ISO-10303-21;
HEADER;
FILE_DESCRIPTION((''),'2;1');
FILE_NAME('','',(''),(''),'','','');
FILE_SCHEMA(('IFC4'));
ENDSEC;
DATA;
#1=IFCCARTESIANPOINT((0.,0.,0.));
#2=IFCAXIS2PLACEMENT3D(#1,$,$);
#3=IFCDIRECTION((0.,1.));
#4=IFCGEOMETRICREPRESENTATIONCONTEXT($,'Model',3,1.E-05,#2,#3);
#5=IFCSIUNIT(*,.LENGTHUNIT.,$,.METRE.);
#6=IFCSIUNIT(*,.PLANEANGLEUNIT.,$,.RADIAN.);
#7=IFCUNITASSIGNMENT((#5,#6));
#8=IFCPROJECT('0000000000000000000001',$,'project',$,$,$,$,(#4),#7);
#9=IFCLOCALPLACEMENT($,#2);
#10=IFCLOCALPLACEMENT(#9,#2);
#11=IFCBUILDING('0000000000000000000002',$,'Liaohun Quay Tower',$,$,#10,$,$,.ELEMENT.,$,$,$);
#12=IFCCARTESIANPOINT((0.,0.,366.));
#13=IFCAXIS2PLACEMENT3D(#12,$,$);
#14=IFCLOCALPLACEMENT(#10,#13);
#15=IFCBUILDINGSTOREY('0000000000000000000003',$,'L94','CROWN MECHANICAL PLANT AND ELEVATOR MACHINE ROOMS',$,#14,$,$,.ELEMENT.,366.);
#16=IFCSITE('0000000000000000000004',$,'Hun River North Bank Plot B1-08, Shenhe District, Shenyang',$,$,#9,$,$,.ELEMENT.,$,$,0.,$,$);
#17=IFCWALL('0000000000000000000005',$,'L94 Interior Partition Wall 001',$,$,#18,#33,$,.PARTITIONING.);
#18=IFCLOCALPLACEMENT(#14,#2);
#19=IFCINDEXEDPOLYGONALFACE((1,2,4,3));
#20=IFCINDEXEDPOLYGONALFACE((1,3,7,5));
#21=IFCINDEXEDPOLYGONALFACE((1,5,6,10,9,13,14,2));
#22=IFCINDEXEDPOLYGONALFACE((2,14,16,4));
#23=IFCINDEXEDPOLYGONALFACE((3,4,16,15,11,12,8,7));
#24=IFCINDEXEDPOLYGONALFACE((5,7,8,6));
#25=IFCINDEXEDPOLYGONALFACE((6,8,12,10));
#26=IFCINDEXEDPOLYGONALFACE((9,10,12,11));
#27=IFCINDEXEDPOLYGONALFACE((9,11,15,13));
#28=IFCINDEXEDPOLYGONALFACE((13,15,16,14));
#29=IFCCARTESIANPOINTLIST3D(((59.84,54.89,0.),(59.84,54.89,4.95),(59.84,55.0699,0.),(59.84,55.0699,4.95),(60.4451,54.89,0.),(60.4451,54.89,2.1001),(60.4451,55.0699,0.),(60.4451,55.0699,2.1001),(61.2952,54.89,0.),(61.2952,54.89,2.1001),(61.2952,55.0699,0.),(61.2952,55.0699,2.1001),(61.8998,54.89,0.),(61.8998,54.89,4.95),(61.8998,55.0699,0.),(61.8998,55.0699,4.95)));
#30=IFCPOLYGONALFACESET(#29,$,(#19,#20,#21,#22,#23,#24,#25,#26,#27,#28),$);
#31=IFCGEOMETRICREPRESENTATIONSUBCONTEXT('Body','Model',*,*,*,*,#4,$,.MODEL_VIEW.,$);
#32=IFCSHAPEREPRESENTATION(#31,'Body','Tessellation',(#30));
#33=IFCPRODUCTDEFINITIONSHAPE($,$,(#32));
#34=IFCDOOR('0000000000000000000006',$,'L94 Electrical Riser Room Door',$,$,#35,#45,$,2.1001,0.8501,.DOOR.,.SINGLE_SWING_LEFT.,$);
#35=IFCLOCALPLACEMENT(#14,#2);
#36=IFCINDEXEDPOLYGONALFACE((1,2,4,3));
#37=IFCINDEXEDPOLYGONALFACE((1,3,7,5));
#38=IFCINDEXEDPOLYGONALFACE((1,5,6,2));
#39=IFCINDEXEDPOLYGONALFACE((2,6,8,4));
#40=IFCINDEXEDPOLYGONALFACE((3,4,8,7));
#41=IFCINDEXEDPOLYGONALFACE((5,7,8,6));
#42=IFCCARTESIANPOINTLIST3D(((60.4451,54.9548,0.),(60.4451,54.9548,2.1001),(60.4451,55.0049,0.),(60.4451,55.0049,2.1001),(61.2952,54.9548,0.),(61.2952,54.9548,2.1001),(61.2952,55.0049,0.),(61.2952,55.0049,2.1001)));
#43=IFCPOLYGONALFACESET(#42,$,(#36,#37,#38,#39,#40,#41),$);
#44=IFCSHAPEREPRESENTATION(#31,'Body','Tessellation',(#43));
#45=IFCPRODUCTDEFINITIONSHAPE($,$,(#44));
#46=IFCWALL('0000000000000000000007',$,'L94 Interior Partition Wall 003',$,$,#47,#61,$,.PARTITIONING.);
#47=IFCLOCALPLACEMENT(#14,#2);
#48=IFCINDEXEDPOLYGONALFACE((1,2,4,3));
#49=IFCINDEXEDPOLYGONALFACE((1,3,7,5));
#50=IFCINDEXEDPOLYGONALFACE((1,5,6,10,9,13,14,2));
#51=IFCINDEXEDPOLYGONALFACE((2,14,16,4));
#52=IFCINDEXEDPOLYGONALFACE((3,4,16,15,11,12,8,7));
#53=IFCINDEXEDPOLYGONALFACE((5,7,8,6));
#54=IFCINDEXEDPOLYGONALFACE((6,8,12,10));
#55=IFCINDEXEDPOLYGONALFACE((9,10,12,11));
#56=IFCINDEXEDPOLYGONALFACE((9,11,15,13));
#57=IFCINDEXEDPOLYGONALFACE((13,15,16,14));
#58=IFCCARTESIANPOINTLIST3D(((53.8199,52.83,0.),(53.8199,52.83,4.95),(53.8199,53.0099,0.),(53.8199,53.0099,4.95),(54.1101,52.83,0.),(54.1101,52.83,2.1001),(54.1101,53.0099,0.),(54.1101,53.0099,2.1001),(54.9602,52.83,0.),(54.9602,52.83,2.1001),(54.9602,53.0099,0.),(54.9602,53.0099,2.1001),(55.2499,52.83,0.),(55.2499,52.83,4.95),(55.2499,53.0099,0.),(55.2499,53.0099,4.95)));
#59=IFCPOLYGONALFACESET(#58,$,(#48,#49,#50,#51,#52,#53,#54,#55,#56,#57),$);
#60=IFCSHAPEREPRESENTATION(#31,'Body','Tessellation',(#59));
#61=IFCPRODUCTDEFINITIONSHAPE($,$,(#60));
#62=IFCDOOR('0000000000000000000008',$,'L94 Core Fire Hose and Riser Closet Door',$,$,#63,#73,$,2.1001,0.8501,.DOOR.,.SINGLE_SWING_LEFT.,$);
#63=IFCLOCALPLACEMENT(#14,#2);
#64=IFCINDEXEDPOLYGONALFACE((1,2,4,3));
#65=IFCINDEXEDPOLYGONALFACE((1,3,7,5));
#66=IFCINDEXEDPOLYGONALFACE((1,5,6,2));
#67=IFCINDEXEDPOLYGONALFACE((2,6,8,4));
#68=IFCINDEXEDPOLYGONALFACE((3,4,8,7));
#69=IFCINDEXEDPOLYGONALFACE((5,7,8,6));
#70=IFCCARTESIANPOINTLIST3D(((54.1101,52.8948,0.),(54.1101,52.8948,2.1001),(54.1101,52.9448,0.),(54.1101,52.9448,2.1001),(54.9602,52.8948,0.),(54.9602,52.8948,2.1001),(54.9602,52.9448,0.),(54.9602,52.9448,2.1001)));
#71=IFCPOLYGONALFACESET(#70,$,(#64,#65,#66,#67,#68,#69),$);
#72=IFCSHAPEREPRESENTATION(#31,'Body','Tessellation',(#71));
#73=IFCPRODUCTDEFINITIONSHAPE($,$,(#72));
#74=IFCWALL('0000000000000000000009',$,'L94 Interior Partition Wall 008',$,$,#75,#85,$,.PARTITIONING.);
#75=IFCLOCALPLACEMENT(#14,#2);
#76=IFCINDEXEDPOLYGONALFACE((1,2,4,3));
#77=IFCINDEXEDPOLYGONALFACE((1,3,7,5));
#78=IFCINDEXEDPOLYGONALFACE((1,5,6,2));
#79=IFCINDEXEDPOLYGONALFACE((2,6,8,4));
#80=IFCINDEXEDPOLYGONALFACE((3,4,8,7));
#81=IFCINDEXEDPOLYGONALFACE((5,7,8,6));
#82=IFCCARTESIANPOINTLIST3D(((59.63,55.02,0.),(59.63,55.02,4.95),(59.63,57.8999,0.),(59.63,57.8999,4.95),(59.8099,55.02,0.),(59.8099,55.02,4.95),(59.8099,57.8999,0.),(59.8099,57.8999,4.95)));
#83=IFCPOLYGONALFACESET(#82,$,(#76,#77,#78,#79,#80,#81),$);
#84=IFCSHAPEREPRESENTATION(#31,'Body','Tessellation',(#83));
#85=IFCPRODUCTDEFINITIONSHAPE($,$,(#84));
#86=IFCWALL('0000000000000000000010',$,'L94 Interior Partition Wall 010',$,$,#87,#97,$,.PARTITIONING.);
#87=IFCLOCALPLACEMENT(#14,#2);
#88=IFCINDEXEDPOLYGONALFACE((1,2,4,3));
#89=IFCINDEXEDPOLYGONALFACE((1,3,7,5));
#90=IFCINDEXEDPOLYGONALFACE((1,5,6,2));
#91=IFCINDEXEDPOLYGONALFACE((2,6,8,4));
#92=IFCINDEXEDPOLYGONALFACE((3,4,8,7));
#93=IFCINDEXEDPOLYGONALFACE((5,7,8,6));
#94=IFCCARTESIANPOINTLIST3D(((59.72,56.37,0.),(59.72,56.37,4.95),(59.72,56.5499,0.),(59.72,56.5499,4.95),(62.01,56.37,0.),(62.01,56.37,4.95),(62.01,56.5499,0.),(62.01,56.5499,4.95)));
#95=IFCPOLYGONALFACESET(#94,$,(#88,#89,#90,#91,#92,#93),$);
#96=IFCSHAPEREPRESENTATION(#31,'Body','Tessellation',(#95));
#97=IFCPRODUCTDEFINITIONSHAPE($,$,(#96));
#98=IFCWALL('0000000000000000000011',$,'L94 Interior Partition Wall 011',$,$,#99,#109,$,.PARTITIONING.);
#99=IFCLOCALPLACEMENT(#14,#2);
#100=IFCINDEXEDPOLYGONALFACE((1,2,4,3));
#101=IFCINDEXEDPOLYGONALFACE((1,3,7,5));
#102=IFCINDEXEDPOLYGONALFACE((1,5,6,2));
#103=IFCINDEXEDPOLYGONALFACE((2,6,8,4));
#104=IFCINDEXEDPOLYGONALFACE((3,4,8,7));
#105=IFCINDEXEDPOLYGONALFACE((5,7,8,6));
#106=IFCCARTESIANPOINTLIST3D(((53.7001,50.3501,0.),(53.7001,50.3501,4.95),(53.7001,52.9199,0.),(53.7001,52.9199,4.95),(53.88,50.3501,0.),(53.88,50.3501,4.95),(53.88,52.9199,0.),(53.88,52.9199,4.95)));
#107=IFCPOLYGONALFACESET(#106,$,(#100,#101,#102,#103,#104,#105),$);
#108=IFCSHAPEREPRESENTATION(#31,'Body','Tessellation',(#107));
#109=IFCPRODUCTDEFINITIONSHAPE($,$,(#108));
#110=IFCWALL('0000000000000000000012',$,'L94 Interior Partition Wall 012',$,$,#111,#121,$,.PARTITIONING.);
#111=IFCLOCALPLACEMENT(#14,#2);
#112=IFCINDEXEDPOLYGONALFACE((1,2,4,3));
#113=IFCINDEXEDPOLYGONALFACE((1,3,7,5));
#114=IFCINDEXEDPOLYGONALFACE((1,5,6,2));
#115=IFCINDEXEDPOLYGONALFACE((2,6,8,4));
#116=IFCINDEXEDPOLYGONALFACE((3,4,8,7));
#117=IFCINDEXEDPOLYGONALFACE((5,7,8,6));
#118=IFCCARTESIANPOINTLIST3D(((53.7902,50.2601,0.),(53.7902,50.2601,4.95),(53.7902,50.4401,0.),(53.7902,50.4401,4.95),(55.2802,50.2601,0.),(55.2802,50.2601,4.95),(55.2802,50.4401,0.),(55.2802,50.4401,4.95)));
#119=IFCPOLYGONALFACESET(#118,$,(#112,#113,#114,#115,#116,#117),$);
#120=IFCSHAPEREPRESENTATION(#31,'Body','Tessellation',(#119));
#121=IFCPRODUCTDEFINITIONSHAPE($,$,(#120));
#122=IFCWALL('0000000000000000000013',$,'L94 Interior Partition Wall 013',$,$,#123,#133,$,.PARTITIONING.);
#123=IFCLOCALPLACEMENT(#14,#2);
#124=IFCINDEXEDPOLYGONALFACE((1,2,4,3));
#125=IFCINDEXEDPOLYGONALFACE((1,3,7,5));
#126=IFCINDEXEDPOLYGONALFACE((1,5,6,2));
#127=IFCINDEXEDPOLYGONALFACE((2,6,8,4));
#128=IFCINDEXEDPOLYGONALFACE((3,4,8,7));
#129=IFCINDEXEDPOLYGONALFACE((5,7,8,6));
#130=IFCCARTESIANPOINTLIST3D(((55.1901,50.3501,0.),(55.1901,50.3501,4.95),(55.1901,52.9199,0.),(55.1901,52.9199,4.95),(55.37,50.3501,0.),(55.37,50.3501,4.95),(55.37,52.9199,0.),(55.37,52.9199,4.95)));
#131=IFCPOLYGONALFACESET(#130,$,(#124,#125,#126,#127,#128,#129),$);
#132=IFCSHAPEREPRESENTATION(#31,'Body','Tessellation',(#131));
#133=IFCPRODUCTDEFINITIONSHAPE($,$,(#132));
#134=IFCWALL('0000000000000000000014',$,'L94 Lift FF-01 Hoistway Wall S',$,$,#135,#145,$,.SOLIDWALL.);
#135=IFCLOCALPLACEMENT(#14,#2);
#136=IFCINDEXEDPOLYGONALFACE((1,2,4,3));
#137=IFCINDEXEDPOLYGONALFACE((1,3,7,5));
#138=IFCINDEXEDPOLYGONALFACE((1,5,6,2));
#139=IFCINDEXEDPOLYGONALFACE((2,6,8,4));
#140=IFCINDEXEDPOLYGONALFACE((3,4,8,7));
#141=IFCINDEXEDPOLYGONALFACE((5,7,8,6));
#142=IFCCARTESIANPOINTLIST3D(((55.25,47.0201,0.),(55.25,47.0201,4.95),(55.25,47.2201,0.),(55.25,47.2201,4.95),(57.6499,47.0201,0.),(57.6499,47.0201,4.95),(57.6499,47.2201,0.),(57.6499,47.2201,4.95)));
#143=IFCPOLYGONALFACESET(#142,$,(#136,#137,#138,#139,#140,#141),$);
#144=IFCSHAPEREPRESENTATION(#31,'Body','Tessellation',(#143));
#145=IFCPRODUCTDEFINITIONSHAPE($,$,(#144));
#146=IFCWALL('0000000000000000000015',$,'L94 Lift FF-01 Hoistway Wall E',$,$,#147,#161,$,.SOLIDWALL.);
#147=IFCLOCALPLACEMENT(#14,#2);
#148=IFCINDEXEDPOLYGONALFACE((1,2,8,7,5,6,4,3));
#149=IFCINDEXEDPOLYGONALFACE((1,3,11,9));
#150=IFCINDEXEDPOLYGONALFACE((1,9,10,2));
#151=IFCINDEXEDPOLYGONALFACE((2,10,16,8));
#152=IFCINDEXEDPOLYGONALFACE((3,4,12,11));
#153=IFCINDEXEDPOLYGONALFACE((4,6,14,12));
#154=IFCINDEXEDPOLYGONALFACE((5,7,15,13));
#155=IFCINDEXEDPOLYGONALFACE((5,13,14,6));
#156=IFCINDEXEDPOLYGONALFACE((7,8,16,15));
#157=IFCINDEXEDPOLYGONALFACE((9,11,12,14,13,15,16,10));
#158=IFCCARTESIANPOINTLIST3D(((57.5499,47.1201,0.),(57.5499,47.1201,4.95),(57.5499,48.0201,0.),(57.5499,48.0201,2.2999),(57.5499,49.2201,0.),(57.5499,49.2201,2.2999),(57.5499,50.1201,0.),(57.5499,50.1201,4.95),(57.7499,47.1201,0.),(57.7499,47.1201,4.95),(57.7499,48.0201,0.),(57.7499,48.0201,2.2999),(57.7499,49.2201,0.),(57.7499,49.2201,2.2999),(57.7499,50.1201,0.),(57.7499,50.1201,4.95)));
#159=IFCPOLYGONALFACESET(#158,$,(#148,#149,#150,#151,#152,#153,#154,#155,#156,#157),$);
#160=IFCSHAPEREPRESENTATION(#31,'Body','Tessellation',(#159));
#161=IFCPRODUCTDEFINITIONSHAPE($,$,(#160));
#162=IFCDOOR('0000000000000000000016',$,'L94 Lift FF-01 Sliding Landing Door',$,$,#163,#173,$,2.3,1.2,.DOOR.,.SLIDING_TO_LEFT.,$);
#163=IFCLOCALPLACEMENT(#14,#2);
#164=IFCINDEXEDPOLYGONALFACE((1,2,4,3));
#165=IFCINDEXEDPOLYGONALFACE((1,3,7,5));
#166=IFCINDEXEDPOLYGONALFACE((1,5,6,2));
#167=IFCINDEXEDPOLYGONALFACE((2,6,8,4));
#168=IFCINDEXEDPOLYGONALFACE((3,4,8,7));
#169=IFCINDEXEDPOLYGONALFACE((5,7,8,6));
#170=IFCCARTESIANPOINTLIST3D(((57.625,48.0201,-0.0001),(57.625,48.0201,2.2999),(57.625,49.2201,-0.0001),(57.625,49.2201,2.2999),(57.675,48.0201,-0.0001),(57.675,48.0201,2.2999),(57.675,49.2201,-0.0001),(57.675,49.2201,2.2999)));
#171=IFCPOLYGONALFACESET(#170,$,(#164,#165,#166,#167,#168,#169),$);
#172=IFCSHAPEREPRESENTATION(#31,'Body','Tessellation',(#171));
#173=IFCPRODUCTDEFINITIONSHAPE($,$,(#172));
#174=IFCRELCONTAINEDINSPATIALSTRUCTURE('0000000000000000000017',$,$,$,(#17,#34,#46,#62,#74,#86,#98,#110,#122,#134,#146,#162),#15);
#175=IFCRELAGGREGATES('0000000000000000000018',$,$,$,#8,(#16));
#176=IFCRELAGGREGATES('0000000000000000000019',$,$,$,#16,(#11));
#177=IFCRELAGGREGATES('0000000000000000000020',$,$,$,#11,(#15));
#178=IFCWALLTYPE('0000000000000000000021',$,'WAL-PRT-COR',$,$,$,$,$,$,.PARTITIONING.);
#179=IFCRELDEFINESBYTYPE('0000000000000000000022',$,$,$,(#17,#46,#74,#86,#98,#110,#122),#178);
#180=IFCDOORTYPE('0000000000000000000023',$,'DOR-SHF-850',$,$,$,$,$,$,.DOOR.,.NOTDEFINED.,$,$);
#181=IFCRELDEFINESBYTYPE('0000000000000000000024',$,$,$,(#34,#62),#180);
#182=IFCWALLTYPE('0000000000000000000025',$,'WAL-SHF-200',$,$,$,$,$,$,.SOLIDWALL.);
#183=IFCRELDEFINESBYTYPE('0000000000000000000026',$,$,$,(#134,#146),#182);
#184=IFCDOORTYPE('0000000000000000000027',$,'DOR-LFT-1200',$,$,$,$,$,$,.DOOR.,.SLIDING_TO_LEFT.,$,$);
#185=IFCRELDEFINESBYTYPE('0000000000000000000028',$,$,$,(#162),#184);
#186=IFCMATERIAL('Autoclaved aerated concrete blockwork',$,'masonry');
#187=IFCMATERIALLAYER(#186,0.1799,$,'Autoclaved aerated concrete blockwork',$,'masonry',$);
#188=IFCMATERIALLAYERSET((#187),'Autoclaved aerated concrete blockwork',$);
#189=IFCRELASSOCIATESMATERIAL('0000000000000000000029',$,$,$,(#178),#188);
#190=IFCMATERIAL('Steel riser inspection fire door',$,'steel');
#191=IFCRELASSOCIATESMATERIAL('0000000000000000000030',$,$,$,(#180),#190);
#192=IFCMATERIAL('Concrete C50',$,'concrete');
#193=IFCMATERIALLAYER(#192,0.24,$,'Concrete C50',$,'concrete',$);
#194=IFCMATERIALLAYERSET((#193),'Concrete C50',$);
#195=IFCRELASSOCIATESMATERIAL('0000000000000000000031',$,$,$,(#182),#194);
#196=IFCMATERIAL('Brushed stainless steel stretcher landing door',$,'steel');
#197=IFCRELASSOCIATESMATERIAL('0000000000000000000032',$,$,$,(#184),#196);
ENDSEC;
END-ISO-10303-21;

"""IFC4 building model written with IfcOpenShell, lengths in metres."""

from ifc_helpers import new_model, si_unit, direction, frame, frame_2d, origin, place, context, subcontext, project, spatial, rectangle, extrude, source, transform, mapped, material, layer, layer_set, type_object, element, fill, save


model = new_model("IFC4")

# Units and contexts
model_context = context("Model", 3, precision=1e-05, world=origin(), true_north=direction((0.0, 1.0)))
body_context = subcontext(model_context, "Body", "Model", "MODEL_VIEW")
ifc_project = project(units=[si_unit("LENGTHUNIT", "METRE"), si_unit("PLANEANGLEUNIT", "RADIAN")], contexts=[model_context])

# Site, building, storey
site_placement = place(None, origin())
site = spatial("IfcSite", under=ifc_project, at=site_placement, Name="Hun River North Bank Plot B1-08, Shenhe District, Shenyang", CompositionType="ELEMENT", RefElevation=0.0)
building_placement = place(site_placement, origin())
building = spatial("IfcBuilding", under=site, at=building_placement, Name="Liaohun Quay Tower", CompositionType="ELEMENT")
storey_placement = place(building_placement, frame((0.0, 0.0, 366.0)))
storey = spatial("IfcBuildingStorey", under=building, at=storey_placement, Name="L94", Description="CROWN MECHANICAL PLANT AND ELEVATOR MACHINE ROOMS", CompositionType="ELEMENT", Elevation=366.0)

# Shared definitions
ifc_material_1 = material(Name="Concrete C50", Category="concrete")

# Walls, openings, doors
ifc_material_2 = material(Name="Autoclaved aerated concrete blockwork", Category="masonry")
ifc_layer_1 = layer(ifc_material_2, 0.1799, Name="Autoclaved aerated concrete blockwork", Category="masonry")
ifc_layer_set_1 = layer_set([ifc_layer_1], Name="Autoclaved aerated concrete blockwork")
wall_type_1 = type_object("IfcWallType", Name="WAL-PRT-COR", PredefinedType="PARTITIONING", material=ifc_layer_set_1)
wall_1_placement = place(storey_placement, frame((59.8401, 54.98, 0.0), z_axis=(0.0, 0.0, 1.0), x_axis=(1.0, 0.0, 0.0)))
wall_1 = element("IfcWall", 1, at=wall_1_placement, inside=storey, type_object=wall_type_1, Name="L94 Interior Partition Wall 001", PredefinedType="PARTITIONING", context=body_context, shape_type="SweptSolid", body=[
    extrude(rectangle(XDim=2.0598, YDim=0.1799, at=frame_2d((1.0298, 0.0))), origin(), (0.0, 0.0, 1.0), 4.95),
])
shared_shape_1 = source(origin(), body_context, "Body", "SweptSolid", [
    extrude(rectangle(XDim=0.8501, YDim=2.1001, at=frame_2d((0.425, 1.05))), frame((0.0, 0.0999, 0.0), z_axis=(0.0, -1.0, 0.0), x_axis=(1.0, 0.0, 0.0)), (0.0, 0.0, 1.0), 0.2),
])
opening_1_placement = place(wall_1_placement, frame((0.605, 0.0, 0.0)))
opening_1 = element("IfcOpeningElement", 2, at=opening_1_placement, cuts=wall_1, PredefinedType="OPENING", context=body_context, shape_type="MappedRepresentation", body=[
    mapped(shared_shape_1, transform((0.0, 0.0, 0.0), x_axis=(1.0, 0.0, 0.0), y_axis=(0.0, 1.0, 0.0), z_axis=(0.0, 0.0, 1.0), scale=1.0)),
])
ifc_material_3 = material(Name="Steel riser inspection fire door", Category="steel")
door_type_1 = type_object("IfcDoorType", Name="DOR-SHF-850", OperationType="NOTDEFINED", PredefinedType="DOOR", material=ifc_material_3)
shared_shape_2 = source(origin(), body_context, "Body", "SweptSolid", [
    extrude(rectangle(XDim=0.8501, YDim=2.1001, at=frame_2d((0.425, 1.05))), frame((0.0, 0.0249, 0.0), z_axis=(0.0, -1.0, 0.0), x_axis=(1.0, 0.0, 0.0)), (0.0, 0.0, 1.0), 0.05),
])
door_1_placement = place(opening_1_placement, origin())
door_1 = element("IfcDoor", 3, at=door_1_placement, inside=storey, type_object=door_type_1, Name="L94 Electrical Riser Room Door", OperationType="SINGLE_SWING_LEFT", OverallHeight=2.1001, OverallWidth=0.8501, PredefinedType="DOOR", context=body_context, shape_type="MappedRepresentation", body=[
    mapped(shared_shape_2, transform((0.0, 0.0, 0.0), x_axis=(1.0, 0.0, 0.0), y_axis=(0.0, 1.0, 0.0), z_axis=(0.0, 0.0, 1.0), scale=1.0)),
])
fill(opening_1, door_1)
wall_2_placement = place(storey_placement, frame((53.8201, 52.9199, 0.0), z_axis=(0.0, 0.0, 1.0), x_axis=(1.0, 0.0, 0.0)))
wall_2 = element("IfcWall", 4, at=wall_2_placement, inside=storey, type_object=wall_type_1, Name="L94 Interior Partition Wall 003", PredefinedType="PARTITIONING", context=body_context, shape_type="SweptSolid", body=[
    extrude(rectangle(XDim=1.4299, YDim=0.1799, at=frame_2d((0.7148, 0.0))), origin(), (0.0, 0.0, 1.0), 4.95),
])
opening_2_placement = place(wall_2_placement, frame((0.29, 0.0, 0.0)))
opening_2 = element("IfcOpeningElement", 5, at=opening_2_placement, cuts=wall_2, PredefinedType="OPENING", context=body_context, shape_type="MappedRepresentation", body=[
    mapped(shared_shape_1, transform((0.0, 0.0, 0.0), x_axis=(1.0, 0.0, 0.0), y_axis=(0.0, 1.0, 0.0), z_axis=(0.0, 0.0, 1.0), scale=1.0)),
])
door_2_placement = place(opening_2_placement, origin())
door_2 = element("IfcDoor", 6, at=door_2_placement, inside=storey, type_object=door_type_1, Name="L94 Core Fire Hose and Riser Closet Door", OperationType="SINGLE_SWING_LEFT", OverallHeight=2.1001, OverallWidth=0.8501, PredefinedType="DOOR", context=body_context, shape_type="MappedRepresentation", body=[
    mapped(shared_shape_2, transform((0.0, 0.0, 0.0), x_axis=(1.0, 0.0, 0.0), y_axis=(0.0, 1.0, 0.0), z_axis=(0.0, 0.0, 1.0), scale=1.0)),
])
fill(opening_2, door_2)

# Walls
wall_3_placement = place(storey_placement, frame((59.72, 55.02, 0.0), z_axis=(0.0, 0.0, 1.0), x_axis=(0.0, 1.0, 0.0)))
element("IfcWall", 7, at=wall_3_placement, inside=storey, type_object=wall_type_1, Name="L94 Interior Partition Wall 008", PredefinedType="PARTITIONING", context=body_context, shape_type="SweptSolid", body=[
    extrude(rectangle(XDim=2.8799, YDim=0.1799, at=frame_2d((1.4399, 0.0))), origin(), (0.0, 0.0, 1.0), 4.95),
])
wall_4_placement = place(storey_placement, frame((59.72, 56.46, 0.0), z_axis=(0.0, 0.0, 1.0), x_axis=(1.0, 0.0, 0.0)))
element("IfcWall", 8, at=wall_4_placement, inside=storey, type_object=wall_type_1, Name="L94 Interior Partition Wall 010", PredefinedType="PARTITIONING", context=body_context, shape_type="SweptSolid", body=[
    extrude(rectangle(XDim=2.29, YDim=0.1799, at=frame_2d((1.145, 0.0))), origin(), (0.0, 0.0, 1.0), 4.95),
])
wall_5_placement = place(storey_placement, frame((53.79, 50.3501, 0.0), z_axis=(0.0, 0.0, 1.0), x_axis=(0.0, 1.0, 0.0)))
element("IfcWall", 9, at=wall_5_placement, inside=storey, type_object=wall_type_1, Name="L94 Interior Partition Wall 011", PredefinedType="PARTITIONING", context=body_context, shape_type="SweptSolid", body=[
    extrude(rectangle(XDim=2.5698, YDim=0.1799, at=frame_2d((1.2849, 0.0))), origin(), (0.0, 0.0, 1.0), 4.95),
])
wall_6_placement = place(storey_placement, frame((53.79, 50.3501, 0.0), z_axis=(0.0, 0.0, 1.0), x_axis=(1.0, 0.0, 0.0)))
element("IfcWall", 10, at=wall_6_placement, inside=storey, type_object=wall_type_1, Name="L94 Interior Partition Wall 012", PredefinedType="PARTITIONING", context=body_context, shape_type="SweptSolid", body=[
    extrude(rectangle(XDim=1.49, YDim=0.1799, at=frame_2d((0.7451, 0.0))), origin(), (0.0, 0.0, 1.0), 4.95),
])
wall_7_placement = place(storey_placement, frame((55.28, 50.3501, 0.0), z_axis=(0.0, 0.0, 1.0), x_axis=(0.0, 1.0, 0.0)))
element("IfcWall", 11, at=wall_7_placement, inside=storey, type_object=wall_type_1, Name="L94 Interior Partition Wall 013", PredefinedType="PARTITIONING", context=body_context, shape_type="SweptSolid", body=[
    extrude(rectangle(XDim=2.5698, YDim=0.1799, at=frame_2d((1.2849, 0.0))), origin(), (0.0, 0.0, 1.0), 4.95),
])
ifc_layer_2 = layer(ifc_material_1, 0.24, Name="Concrete C50", Category="concrete")
ifc_layer_set_2 = layer_set([ifc_layer_2], Name="Concrete C50")
wall_type_2 = type_object("IfcWallType", Name="WAL-SHF-200", PredefinedType="SOLIDWALL", material=ifc_layer_set_2)
wall_8_placement = place(storey_placement, frame((55.25, 47.1201, 0.0), z_axis=(0.0, 0.0, 1.0), x_axis=(1.0, 0.0, 0.0)))
element("IfcWall", 12, at=wall_8_placement, inside=storey, type_object=wall_type_2, Name="L94 Lift FF-01 Hoistway Wall S", PredefinedType="SOLIDWALL", context=body_context, shape_type="SweptSolid", body=[
    extrude(rectangle(XDim=2.3999, YDim=0.2, at=frame_2d((1.2, 0.0))), origin(), (0.0, 0.0, 1.0), 4.95),
])

# Wall, opening, door
wall_9_placement = place(storey_placement, frame((57.6499, 47.1201, 0.0), z_axis=(0.0, 0.0, 1.0), x_axis=(0.0, 1.0, 0.0)))
wall_9 = element("IfcWall", 13, at=wall_9_placement, inside=storey, type_object=wall_type_2, Name="L94 Lift FF-01 Hoistway Wall E", PredefinedType="SOLIDWALL", context=body_context, shape_type="SweptSolid", body=[
    extrude(rectangle(XDim=3.0, YDim=0.2, at=frame_2d((1.5, 0.0))), origin(), (0.0, 0.0, 1.0), 4.95),
])
shared_shape_3 = source(origin(), body_context, "Body", "SweptSolid", [
    extrude(rectangle(XDim=1.2, YDim=2.3, at=frame_2d((0.6001, 1.1499))), frame((0.0, 0.1099, 0.0), z_axis=(0.0, -1.0, 0.0), x_axis=(1.0, 0.0, 0.0)), (0.0, 0.0, 1.0), 0.22),
])
opening_3_placement = place(wall_9_placement, frame((0.8999, 0.0, 0.0)))
opening_3 = element("IfcOpeningElement", 14, at=opening_3_placement, cuts=wall_9, PredefinedType="OPENING", context=body_context, shape_type="MappedRepresentation", body=[
    mapped(shared_shape_3, transform((0.0, 0.0, 0.0), x_axis=(1.0, 0.0, 0.0), y_axis=(0.0, 1.0, 0.0), z_axis=(0.0, 0.0, 1.0), scale=1.0)),
])
ifc_material_4 = material(Name="Brushed stainless steel stretcher landing door", Category="steel")
door_type_2 = type_object("IfcDoorType", Name="DOR-LFT-1200", OperationType="SLIDING_TO_LEFT", PredefinedType="DOOR", material=ifc_material_4)
shared_shape_4 = source(origin(), body_context, "Body", "SweptSolid", [
    extrude(rectangle(XDim=1.2, YDim=2.3, at=frame_2d((0.6001, 1.1499))), frame((0.0, 0.0249, 0.0), z_axis=(0.0, -1.0, 0.0), x_axis=(1.0, 0.0, 0.0)), (0.0, 0.0, 1.0), 0.05),
])
door_3_placement = place(opening_3_placement, origin())
door_3 = element("IfcDoor", 15, at=door_3_placement, inside=storey, type_object=door_type_2, Name="L94 Lift FF-01 Sliding Landing Door", OperationType="SLIDING_TO_LEFT", OverallHeight=2.3, OverallWidth=1.2, PredefinedType="DOOR", context=body_context, shape_type="MappedRepresentation", body=[
    mapped(shared_shape_4, transform((0.0, 0.0, 0.0), x_axis=(1.0, 0.0, 0.0), y_axis=(0.0, 1.0, 0.0), z_axis=(0.0, 0.0, 1.0), scale=1.0)),
])
fill(opening_3, door_3)

save(model, "model.ifc")
